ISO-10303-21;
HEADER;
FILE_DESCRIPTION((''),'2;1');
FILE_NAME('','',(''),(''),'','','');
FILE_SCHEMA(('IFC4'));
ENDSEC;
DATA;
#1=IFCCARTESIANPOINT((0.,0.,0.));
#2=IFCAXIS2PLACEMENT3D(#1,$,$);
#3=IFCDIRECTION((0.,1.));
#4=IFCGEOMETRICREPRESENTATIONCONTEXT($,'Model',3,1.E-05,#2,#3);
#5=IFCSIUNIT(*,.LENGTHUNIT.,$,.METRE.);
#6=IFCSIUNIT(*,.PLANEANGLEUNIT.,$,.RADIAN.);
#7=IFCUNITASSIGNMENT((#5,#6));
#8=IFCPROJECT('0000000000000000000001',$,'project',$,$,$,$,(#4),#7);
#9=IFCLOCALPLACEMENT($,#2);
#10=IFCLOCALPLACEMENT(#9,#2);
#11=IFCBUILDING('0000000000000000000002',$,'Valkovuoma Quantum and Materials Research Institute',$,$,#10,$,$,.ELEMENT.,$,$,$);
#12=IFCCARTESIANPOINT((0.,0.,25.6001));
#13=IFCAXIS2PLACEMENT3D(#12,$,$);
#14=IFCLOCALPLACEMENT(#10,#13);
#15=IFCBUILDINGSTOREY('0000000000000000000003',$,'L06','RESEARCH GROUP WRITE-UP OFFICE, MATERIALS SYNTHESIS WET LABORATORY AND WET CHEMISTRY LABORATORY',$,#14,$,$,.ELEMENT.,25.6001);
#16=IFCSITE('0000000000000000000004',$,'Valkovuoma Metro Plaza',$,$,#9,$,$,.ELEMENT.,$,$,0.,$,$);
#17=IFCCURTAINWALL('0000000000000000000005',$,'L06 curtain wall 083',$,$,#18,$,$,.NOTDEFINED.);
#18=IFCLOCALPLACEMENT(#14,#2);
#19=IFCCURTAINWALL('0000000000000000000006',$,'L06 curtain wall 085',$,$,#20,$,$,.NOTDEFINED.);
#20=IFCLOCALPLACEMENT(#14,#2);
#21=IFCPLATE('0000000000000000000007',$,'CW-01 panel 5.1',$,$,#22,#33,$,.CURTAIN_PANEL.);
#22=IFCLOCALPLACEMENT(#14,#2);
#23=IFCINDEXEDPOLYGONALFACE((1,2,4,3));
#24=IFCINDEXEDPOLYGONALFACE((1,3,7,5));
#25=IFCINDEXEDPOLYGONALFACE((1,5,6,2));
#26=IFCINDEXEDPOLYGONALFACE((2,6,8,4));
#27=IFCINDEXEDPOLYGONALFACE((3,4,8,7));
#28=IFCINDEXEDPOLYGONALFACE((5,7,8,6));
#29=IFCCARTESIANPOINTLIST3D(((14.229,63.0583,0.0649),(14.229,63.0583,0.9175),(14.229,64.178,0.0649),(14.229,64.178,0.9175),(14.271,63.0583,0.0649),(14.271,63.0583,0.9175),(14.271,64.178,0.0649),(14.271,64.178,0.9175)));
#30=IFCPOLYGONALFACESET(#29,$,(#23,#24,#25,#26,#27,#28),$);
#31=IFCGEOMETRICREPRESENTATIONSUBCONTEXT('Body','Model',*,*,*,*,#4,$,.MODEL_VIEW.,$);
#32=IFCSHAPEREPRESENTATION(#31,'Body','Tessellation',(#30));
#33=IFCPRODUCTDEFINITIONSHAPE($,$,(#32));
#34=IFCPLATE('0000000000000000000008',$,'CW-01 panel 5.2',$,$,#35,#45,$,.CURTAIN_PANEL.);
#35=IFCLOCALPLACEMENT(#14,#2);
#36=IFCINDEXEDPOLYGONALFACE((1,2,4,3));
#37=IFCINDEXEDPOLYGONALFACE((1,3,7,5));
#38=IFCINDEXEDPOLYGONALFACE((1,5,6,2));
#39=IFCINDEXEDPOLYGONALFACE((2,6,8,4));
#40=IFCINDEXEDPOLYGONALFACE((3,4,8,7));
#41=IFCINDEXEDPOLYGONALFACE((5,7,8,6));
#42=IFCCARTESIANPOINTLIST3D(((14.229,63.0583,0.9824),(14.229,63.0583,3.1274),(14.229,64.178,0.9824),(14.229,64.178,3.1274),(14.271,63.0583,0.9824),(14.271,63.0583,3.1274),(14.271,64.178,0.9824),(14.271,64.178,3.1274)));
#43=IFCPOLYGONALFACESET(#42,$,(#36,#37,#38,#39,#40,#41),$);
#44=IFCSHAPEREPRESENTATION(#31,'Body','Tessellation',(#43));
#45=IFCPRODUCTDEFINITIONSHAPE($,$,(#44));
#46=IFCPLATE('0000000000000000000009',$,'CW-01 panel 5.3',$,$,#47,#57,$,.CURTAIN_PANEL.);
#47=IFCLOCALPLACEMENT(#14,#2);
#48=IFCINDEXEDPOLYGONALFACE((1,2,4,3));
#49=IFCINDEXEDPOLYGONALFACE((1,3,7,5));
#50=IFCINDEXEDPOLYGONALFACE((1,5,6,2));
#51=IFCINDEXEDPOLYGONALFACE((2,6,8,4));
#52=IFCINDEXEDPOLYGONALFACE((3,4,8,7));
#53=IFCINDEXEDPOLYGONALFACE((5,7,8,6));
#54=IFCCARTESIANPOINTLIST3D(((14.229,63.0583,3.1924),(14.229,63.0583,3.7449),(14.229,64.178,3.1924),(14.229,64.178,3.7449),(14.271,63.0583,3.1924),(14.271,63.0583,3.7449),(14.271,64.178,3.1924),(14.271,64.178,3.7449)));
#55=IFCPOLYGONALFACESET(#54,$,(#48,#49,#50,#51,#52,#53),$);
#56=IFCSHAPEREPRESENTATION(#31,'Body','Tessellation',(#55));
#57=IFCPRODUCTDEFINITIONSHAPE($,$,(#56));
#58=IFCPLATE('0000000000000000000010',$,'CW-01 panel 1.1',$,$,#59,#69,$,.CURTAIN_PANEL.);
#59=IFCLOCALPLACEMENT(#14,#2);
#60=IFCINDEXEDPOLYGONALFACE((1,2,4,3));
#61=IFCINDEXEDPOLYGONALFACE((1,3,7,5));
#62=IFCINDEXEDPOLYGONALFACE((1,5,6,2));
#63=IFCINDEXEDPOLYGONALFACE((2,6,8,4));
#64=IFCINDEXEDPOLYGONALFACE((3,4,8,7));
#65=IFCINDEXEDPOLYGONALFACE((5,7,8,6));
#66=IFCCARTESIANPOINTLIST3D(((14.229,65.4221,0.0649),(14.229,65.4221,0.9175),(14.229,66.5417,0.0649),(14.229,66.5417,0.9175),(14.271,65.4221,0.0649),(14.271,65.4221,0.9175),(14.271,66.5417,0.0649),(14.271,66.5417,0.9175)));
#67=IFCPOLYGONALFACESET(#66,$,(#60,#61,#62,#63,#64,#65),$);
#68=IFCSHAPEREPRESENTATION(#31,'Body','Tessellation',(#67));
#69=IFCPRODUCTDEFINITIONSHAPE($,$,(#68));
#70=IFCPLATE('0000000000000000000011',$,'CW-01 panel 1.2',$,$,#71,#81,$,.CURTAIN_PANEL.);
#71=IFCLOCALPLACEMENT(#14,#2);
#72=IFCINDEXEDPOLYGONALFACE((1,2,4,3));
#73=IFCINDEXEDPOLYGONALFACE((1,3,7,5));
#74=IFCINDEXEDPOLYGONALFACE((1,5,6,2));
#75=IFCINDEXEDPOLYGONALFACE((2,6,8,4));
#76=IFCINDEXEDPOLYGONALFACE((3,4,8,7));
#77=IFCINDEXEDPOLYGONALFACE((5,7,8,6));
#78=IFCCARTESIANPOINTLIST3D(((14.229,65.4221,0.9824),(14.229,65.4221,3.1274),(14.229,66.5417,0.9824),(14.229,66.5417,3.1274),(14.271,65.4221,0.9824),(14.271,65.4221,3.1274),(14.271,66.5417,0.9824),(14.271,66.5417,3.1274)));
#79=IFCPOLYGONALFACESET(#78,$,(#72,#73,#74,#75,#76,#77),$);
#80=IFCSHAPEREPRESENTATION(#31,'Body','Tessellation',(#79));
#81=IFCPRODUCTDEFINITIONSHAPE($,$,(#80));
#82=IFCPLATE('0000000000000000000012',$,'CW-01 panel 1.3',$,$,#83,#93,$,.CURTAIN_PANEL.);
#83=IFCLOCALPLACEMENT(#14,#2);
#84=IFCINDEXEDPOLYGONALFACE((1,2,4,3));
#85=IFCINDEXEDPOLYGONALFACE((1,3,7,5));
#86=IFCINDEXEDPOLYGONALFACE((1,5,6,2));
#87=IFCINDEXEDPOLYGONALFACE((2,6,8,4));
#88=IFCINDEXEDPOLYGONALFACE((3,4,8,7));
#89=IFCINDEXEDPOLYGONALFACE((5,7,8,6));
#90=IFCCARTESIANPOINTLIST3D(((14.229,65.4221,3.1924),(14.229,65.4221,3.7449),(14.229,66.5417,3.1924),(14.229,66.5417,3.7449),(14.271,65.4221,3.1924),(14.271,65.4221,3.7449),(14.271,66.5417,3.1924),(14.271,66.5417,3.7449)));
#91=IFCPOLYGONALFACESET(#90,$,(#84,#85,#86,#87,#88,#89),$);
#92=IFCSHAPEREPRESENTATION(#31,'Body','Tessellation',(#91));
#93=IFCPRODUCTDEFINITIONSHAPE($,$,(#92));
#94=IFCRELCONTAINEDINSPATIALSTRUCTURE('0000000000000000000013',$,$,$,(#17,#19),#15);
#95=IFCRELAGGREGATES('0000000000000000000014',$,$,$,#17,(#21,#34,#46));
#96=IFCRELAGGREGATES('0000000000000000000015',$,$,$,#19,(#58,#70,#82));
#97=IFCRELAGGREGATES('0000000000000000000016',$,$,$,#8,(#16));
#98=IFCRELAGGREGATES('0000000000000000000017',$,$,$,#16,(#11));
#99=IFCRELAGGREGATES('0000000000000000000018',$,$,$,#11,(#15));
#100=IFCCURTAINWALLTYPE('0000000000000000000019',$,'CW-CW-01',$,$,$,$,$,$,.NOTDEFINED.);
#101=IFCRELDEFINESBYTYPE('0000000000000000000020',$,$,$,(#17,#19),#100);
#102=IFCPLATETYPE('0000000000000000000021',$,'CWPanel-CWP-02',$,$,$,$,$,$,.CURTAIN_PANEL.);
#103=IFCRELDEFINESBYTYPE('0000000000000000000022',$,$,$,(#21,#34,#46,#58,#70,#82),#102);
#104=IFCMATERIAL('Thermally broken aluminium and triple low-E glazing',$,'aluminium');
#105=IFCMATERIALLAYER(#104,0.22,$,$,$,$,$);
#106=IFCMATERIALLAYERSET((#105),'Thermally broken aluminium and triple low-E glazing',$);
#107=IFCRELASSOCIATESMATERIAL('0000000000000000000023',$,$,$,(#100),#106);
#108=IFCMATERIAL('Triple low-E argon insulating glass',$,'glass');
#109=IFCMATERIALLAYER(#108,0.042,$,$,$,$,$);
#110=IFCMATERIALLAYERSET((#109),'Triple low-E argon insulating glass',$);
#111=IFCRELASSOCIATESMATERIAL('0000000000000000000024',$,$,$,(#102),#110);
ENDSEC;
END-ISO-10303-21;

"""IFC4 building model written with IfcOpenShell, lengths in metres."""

from ifc_helpers import new_model, si_unit, direction, frame, origin, origin_2d, place, context, subcontext, project, spatial, rectangle, extrude, material, layer, layer_set, type_object, element, aggregate, save


model = new_model("IFC4")

# Units and contexts
model_context = context("Model", 3, precision=1e-05, world=origin(), true_north=direction((0.0, 1.0)))
body_context = subcontext(model_context, "Body", "Model", "MODEL_VIEW")
ifc_project = project(units=[si_unit("LENGTHUNIT", "METRE"), si_unit("PLANEANGLEUNIT", "RADIAN")], contexts=[model_context])

# Site, building, storey
site_placement = place(None, origin())
site = spatial("IfcSite", under=ifc_project, at=site_placement, Name="Valkovuoma Metro Plaza", CompositionType="ELEMENT", RefElevation=0.0)
building_placement = place(site_placement, origin())
building = spatial("IfcBuilding", under=site, at=building_placement, Name="Valkovuoma Quantum and Materials Research Institute", CompositionType="ELEMENT")
storey_placement = place(building_placement, frame((0.0, 0.0, 25.6001)))
storey = spatial("IfcBuildingStorey", under=building, at=storey_placement, Name="L06", Description="RESEARCH GROUP WRITE-UP OFFICE, MATERIALS SYNTHESIS WET LABORATORY AND WET CHEMISTRY LABORATORY", CompositionType="ELEMENT", Elevation=25.6001)

# Curtain walls
ifc_material_1 = material(Name="Thermally broken aluminium and triple low-E glazing", Category="aluminium")
ifc_layer_1 = layer(ifc_material_1, 0.22)
ifc_layer_set_1 = layer_set([ifc_layer_1], Name="Thermally broken aluminium and triple low-E glazing")
curtain_wall_type = type_object("IfcCurtainWallType", Name="CW-CW-01", PredefinedType="NOTDEFINED", material=ifc_layer_set_1)
curtain_wall_1_placement = place(storey_placement, origin())
curtain_wall_1 = element("IfcCurtainWall", 1, at=curtain_wall_1_placement, inside=storey, type_object=curtain_wall_type, Name="L06 curtain wall 083", PredefinedType="NOTDEFINED")
curtain_wall_2_placement = place(storey_placement, origin())
curtain_wall_2 = element("IfcCurtainWall", 2, at=curtain_wall_2_placement, inside=storey, type_object=curtain_wall_type, Name="L06 curtain wall 085", PredefinedType="NOTDEFINED")

# Plates
ifc_material_2 = material(Name="Triple low-E argon insulating glass", Category="glass")
ifc_layer_2 = layer(ifc_material_2, 0.042)
ifc_layer_set_2 = layer_set([ifc_layer_2], Name="Triple low-E argon insulating glass")
plate_type = type_object("IfcPlateType", Name="CWPanel-CWP-02", PredefinedType="CURTAIN_PANEL", material=ifc_layer_set_2)
plate_1_placement = place(storey_placement, frame((14.25, 63.6182, 0.0649), z_axis=(0.0, 0.0, 1.0), x_axis=(0.0, 1.0, 0.0)))
plate_1 = element("IfcPlate", 3, at=plate_1_placement, type_object=plate_type, Name="CW-01 panel 5.1", PredefinedType="CURTAIN_PANEL", context=body_context, shape_type="SweptSolid", body=[
    extrude(rectangle(XDim=1.1196, YDim=0.042, at=origin_2d()), origin(), (0.0, 0.0, 1.0), 0.8525),
])
plate_2_placement = place(storey_placement, frame((14.25, 63.6182, 0.9824), z_axis=(0.0, 0.0, 1.0), x_axis=(0.0, 1.0, 0.0)))
plate_2 = element("IfcPlate", 4, at=plate_2_placement, type_object=plate_type, Name="CW-01 panel 5.2", PredefinedType="CURTAIN_PANEL", context=body_context, shape_type="SweptSolid", body=[
    extrude(rectangle(XDim=1.1196, YDim=0.042, at=origin_2d()), origin(), (0.0, 0.0, 1.0), 2.145),
])
plate_3_placement = place(storey_placement, frame((14.25, 63.6182, 3.1924), z_axis=(0.0, 0.0, 1.0), x_axis=(0.0, 1.0, 0.0)))
plate_3 = element("IfcPlate", 5, at=plate_3_placement, type_object=plate_type, Name="CW-01 panel 5.3", PredefinedType="CURTAIN_PANEL", context=body_context, shape_type="SweptSolid", body=[
    extrude(rectangle(XDim=1.1196, YDim=0.042, at=origin_2d()), origin(), (0.0, 0.0, 1.0), 0.5525),
])
aggregate(curtain_wall_1, [plate_1, plate_2, plate_3])
plate_4_placement = place(storey_placement, frame((14.25, 65.9819, 0.0649), z_axis=(0.0, 0.0, 1.0), x_axis=(0.0, 1.0, 0.0)))
plate_4 = element("IfcPlate", 6, at=plate_4_placement, type_object=plate_type, Name="CW-01 panel 1.1", PredefinedType="CURTAIN_PANEL", context=body_context, shape_type="SweptSolid", body=[
    extrude(rectangle(XDim=1.1196, YDim=0.042, at=origin_2d()), origin(), (0.0, 0.0, 1.0), 0.8525),
])
plate_5_placement = place(storey_placement, frame((14.25, 65.9819, 0.9824), z_axis=(0.0, 0.0, 1.0), x_axis=(0.0, 1.0, 0.0)))
plate_5 = element("IfcPlate", 7, at=plate_5_placement, type_object=plate_type, Name="CW-01 panel 1.2", PredefinedType="CURTAIN_PANEL", context=body_context, shape_type="SweptSolid", body=[
    extrude(rectangle(XDim=1.1196, YDim=0.042, at=origin_2d()), origin(), (0.0, 0.0, 1.0), 2.145),
])
plate_6_placement = place(storey_placement, frame((14.25, 65.9819, 3.1924), z_axis=(0.0, 0.0, 1.0), x_axis=(0.0, 1.0, 0.0)))
plate_6 = element("IfcPlate", 8, at=plate_6_placement, type_object=plate_type, Name="CW-01 panel 1.3", PredefinedType="CURTAIN_PANEL", context=body_context, shape_type="SweptSolid", body=[
    extrude(rectangle(XDim=1.1196, YDim=0.042, at=origin_2d()), origin(), (0.0, 0.0, 1.0), 0.5525),
])
aggregate(curtain_wall_2, [plate_4, plate_5, plate_6])

save(model, "model.ifc")
